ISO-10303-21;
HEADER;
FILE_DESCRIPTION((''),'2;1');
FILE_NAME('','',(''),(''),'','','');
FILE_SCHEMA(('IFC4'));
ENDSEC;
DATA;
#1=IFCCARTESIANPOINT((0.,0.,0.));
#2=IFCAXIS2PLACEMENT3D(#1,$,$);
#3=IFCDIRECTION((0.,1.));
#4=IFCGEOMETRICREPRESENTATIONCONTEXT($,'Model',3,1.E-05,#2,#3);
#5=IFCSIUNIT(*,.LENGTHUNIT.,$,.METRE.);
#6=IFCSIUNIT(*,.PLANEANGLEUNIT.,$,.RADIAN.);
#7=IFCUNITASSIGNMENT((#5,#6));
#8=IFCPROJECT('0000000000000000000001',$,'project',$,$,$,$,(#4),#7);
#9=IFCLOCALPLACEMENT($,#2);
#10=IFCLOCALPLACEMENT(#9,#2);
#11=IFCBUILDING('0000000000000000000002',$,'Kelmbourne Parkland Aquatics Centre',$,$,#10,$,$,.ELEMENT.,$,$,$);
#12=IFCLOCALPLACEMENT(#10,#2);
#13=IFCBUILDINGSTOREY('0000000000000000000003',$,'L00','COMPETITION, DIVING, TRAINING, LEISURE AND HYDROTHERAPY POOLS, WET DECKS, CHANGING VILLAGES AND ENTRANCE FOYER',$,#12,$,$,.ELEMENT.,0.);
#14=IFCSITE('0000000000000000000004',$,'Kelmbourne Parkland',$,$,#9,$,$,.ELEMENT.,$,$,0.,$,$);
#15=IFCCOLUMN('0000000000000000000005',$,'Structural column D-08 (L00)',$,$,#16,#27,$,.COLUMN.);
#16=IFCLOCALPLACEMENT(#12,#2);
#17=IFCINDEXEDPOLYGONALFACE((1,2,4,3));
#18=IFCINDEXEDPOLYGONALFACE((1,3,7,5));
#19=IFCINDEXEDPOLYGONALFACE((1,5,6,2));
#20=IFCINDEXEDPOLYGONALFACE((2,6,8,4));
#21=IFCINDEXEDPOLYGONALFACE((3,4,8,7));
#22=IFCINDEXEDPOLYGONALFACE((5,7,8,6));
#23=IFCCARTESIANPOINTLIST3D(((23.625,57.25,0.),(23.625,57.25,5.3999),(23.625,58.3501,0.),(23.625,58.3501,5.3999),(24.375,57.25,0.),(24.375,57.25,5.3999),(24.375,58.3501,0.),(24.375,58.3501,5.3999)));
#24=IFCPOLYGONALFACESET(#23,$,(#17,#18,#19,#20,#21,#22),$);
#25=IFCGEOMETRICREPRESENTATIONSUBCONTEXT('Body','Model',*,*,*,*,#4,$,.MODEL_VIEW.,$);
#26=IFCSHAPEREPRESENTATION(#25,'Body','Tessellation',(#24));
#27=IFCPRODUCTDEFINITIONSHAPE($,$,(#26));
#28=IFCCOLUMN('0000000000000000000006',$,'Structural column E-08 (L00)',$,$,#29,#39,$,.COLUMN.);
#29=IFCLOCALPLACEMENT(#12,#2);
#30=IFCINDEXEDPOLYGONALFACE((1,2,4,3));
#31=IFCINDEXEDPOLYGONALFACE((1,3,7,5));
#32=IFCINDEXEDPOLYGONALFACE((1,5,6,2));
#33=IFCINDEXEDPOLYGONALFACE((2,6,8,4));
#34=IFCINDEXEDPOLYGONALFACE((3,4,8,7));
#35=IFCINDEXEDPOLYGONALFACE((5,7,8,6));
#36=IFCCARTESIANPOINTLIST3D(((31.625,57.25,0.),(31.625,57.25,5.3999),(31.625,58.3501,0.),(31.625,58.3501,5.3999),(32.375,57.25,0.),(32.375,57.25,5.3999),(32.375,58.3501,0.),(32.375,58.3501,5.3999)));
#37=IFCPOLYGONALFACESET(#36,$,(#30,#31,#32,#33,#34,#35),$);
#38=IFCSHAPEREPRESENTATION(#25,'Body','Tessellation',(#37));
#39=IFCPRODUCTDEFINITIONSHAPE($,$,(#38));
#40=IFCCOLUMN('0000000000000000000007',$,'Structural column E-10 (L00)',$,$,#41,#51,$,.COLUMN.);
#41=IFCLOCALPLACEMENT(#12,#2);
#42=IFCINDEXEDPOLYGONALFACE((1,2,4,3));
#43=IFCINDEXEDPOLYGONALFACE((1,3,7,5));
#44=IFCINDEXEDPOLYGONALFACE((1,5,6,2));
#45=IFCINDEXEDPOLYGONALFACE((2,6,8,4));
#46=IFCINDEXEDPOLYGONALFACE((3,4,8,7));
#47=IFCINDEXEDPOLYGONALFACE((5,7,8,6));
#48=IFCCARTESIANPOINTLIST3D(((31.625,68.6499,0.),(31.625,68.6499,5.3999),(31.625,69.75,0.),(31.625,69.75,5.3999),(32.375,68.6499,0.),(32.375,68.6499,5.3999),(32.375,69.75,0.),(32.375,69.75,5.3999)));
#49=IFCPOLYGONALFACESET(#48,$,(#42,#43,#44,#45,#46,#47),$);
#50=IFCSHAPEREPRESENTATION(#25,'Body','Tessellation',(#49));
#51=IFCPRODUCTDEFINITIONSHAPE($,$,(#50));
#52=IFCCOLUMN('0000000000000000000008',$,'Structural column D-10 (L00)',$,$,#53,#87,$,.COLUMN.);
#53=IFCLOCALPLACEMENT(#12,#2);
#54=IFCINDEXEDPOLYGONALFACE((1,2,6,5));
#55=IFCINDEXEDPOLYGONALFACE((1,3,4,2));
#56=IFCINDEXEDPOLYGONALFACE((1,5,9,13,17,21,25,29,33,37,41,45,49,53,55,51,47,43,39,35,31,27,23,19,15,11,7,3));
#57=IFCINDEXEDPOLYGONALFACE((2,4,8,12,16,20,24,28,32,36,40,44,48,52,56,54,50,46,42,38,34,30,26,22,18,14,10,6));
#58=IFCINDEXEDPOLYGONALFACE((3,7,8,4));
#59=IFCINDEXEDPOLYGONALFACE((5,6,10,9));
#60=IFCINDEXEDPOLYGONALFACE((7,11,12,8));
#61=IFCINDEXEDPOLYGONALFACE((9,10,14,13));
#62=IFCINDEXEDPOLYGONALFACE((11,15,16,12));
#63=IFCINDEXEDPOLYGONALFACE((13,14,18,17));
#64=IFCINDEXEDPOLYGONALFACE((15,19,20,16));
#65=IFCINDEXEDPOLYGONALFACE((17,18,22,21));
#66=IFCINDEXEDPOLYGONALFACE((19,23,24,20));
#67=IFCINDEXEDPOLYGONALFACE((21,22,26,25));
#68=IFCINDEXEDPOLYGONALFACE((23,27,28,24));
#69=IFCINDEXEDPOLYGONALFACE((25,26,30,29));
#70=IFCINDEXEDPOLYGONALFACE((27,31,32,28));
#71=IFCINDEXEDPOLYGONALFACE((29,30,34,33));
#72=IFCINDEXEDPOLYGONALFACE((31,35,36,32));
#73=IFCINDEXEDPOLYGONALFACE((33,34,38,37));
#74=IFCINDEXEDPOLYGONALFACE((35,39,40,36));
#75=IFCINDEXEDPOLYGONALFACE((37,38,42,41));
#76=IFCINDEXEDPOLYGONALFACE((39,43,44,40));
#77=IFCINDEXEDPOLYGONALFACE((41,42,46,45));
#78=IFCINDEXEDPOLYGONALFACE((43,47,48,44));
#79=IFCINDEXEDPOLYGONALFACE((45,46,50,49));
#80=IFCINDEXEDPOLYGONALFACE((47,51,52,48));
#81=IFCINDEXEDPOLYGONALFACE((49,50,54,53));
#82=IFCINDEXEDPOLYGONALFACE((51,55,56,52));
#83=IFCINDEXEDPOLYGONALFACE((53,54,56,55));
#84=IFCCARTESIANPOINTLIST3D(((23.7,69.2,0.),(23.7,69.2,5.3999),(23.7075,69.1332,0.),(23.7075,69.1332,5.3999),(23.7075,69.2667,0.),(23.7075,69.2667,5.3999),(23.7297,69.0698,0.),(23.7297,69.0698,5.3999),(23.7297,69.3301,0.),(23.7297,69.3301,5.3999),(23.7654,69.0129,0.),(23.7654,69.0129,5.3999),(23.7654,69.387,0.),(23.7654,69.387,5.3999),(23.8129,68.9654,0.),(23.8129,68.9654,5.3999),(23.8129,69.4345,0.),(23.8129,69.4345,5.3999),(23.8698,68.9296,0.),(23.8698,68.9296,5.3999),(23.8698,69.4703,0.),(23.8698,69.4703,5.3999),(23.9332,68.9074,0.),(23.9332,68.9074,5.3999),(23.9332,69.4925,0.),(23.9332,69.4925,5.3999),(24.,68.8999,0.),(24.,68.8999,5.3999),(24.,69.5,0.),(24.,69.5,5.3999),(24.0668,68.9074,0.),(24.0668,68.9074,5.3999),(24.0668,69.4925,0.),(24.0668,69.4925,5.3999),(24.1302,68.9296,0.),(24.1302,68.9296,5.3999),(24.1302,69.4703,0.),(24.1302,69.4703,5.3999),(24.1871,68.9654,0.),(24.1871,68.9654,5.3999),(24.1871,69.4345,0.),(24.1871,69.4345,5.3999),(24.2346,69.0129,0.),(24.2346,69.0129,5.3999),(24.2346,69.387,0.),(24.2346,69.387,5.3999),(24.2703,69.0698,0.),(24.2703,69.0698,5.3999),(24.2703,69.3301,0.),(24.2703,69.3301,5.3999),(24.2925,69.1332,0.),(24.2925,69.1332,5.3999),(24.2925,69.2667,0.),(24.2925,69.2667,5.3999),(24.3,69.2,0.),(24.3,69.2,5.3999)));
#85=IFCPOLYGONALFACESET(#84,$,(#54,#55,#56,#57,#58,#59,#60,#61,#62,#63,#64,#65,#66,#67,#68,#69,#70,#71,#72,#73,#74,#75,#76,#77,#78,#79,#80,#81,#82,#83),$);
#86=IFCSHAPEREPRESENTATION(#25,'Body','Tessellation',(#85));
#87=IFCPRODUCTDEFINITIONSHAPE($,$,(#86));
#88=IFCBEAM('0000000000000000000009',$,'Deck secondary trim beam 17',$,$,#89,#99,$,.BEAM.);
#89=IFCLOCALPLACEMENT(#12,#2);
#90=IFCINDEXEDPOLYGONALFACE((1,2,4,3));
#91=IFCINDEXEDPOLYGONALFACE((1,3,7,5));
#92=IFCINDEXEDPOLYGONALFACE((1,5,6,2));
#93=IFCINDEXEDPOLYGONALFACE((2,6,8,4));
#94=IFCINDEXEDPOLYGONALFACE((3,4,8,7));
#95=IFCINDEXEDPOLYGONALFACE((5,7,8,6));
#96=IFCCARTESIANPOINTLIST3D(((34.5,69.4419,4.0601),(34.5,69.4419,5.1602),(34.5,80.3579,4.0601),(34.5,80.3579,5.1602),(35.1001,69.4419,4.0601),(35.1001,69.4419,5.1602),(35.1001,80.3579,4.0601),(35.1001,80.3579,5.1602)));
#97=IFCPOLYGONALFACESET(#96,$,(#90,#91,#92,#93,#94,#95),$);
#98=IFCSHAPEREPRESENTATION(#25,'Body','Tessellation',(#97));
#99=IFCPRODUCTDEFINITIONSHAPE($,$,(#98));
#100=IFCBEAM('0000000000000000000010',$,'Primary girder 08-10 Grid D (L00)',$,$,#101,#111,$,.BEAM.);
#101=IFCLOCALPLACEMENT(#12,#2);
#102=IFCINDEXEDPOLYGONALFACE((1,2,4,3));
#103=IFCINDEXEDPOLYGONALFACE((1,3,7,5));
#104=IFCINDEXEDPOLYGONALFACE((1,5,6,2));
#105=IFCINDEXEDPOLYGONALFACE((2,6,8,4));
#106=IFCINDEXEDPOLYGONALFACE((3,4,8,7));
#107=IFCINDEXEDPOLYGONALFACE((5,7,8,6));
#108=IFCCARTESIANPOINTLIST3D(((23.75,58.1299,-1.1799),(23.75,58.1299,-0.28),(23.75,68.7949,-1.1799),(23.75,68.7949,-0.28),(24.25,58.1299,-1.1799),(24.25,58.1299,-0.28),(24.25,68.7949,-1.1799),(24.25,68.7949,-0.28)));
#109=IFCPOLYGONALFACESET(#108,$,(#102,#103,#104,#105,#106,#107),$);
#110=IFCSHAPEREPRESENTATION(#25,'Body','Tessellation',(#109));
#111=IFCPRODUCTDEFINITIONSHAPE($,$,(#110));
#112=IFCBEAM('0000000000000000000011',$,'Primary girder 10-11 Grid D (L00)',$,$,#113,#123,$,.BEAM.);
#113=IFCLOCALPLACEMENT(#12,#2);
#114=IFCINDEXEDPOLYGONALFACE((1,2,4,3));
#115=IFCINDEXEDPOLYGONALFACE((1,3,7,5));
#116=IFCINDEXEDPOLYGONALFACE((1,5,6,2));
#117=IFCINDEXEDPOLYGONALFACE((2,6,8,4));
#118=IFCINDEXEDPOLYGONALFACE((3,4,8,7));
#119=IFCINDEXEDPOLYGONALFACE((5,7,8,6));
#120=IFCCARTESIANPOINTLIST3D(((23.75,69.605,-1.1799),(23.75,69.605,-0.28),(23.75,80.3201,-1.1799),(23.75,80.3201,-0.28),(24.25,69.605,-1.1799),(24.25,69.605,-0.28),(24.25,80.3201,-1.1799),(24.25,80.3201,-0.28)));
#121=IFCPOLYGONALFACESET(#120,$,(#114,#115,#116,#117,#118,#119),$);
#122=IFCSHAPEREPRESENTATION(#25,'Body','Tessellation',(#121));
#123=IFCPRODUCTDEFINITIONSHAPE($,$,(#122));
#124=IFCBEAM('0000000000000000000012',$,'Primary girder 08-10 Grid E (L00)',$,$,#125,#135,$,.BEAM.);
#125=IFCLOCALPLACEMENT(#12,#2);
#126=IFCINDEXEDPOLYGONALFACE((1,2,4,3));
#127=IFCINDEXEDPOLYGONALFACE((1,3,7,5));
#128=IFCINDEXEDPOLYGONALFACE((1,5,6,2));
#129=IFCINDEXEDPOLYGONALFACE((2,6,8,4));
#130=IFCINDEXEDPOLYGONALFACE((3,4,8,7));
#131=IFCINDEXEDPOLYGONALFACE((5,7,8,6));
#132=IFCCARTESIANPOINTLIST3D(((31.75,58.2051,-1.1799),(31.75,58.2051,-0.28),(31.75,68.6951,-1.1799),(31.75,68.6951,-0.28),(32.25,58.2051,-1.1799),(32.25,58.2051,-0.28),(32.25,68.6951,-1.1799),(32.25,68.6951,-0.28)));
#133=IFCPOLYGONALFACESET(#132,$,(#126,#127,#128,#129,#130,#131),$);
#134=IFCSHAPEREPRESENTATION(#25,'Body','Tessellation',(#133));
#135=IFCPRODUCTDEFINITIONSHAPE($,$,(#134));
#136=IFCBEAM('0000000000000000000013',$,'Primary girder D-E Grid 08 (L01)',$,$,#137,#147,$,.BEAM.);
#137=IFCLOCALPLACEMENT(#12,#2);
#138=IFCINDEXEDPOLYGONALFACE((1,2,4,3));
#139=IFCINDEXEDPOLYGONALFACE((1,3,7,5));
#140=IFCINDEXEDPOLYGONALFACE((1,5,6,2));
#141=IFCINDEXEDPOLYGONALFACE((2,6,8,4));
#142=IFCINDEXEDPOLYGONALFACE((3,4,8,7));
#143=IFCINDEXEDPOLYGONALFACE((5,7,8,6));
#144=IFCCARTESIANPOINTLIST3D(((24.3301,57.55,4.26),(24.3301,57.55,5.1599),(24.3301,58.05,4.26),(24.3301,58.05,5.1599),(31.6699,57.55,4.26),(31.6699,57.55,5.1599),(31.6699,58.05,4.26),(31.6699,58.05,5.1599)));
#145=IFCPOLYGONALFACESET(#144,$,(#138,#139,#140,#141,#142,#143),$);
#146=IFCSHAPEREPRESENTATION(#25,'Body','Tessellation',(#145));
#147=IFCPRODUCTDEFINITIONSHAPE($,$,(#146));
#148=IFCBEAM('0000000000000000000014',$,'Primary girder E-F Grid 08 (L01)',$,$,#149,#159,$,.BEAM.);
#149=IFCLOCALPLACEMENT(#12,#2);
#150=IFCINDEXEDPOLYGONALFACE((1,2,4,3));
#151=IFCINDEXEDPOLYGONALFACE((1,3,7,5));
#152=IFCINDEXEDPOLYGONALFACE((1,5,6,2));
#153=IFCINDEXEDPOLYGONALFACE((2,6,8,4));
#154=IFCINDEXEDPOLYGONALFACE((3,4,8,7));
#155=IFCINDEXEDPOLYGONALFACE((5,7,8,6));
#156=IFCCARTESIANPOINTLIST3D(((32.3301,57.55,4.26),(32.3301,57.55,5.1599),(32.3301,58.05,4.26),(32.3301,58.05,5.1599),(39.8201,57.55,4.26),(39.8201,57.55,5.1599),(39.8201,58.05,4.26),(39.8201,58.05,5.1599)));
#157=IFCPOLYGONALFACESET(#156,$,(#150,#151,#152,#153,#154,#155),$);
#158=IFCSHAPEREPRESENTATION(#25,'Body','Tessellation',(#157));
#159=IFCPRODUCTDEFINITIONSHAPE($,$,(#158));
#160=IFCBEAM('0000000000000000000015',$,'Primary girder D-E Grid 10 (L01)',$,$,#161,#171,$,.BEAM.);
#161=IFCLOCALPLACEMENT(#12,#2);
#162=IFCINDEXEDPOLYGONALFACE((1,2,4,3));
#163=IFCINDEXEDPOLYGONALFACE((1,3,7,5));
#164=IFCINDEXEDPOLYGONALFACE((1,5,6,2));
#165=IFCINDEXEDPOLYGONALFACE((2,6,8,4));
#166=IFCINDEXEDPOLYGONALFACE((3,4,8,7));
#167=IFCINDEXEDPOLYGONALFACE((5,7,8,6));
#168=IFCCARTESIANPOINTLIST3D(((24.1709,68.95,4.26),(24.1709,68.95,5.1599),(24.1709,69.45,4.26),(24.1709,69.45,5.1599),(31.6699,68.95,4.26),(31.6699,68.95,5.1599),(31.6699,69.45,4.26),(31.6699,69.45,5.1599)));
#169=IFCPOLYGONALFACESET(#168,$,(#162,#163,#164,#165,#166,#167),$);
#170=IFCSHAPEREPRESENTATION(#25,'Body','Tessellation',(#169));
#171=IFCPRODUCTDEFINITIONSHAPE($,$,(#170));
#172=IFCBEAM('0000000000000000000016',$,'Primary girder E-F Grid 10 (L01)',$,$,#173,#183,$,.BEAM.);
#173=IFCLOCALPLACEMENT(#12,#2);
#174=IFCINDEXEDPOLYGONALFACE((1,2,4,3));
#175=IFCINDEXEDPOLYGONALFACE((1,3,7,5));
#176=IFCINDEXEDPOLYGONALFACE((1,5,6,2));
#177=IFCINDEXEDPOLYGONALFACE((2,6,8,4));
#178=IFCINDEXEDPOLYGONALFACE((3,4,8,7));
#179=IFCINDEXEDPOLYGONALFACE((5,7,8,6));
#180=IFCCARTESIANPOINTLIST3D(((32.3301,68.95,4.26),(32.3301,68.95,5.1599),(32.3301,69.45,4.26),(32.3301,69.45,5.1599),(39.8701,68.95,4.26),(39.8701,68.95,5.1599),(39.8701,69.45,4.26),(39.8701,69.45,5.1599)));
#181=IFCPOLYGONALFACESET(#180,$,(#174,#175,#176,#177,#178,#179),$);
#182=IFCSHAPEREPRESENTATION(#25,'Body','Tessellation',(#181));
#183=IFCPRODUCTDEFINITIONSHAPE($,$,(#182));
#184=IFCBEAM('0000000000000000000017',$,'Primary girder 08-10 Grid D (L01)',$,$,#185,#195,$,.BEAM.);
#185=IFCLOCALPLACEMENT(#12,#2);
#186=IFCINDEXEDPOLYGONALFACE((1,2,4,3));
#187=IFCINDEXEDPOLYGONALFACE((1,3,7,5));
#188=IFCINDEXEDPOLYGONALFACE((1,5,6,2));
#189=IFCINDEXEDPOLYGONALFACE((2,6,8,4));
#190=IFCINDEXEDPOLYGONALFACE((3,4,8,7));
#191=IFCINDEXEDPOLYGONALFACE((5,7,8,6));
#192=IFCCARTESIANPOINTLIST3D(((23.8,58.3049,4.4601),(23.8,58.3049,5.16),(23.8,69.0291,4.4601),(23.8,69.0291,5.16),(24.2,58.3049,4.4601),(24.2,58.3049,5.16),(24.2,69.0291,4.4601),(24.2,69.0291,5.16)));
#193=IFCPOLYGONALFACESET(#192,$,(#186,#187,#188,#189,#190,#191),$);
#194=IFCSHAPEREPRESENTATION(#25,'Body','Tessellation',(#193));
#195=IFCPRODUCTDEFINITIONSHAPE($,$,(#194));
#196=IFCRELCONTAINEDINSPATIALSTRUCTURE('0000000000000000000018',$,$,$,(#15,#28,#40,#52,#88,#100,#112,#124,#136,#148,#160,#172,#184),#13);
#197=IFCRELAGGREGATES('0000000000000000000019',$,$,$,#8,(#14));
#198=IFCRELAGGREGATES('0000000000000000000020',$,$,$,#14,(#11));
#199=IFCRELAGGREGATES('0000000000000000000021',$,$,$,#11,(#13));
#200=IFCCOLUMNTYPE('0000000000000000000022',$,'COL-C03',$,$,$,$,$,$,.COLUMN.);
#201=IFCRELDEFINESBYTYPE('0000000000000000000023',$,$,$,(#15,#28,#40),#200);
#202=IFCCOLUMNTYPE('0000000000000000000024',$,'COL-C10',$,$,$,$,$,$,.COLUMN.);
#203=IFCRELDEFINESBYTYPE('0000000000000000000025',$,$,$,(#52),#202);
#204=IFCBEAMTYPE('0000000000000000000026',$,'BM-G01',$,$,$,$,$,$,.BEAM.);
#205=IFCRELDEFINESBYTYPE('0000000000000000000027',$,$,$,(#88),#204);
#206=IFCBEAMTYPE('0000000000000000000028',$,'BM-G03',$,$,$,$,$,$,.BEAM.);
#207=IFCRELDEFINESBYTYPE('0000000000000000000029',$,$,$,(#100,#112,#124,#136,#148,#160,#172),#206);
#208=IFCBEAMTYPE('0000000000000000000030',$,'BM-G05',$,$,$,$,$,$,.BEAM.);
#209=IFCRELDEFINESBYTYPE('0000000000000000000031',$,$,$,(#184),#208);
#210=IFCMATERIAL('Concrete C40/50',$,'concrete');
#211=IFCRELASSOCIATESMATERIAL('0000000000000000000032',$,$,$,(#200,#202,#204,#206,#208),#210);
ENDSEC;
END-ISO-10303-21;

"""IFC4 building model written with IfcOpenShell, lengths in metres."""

from ifc_helpers import new_model, si_unit, direction, frame, origin, origin_2d, place, context, subcontext, project, spatial, rectangle, circle, extrude, material, material_profile, profile_set, type_object, element, save


model = new_model("IFC4")

# Units and contexts
model_context = context("Model", 3, precision=1e-05, world=origin(), true_north=direction((0.0, 1.0)))
body_context = subcontext(model_context, "Body", "Model", "MODEL_VIEW")
ifc_project = project(units=[si_unit("LENGTHUNIT", "METRE"), si_unit("PLANEANGLEUNIT", "RADIAN")], contexts=[model_context])

# Site, building, storey
site_placement = place(None, origin())
site = spatial("IfcSite", under=ifc_project, at=site_placement, Name="Kelmbourne Parkland", CompositionType="ELEMENT", RefElevation=0.0)
building_placement = place(site_placement, origin())
building = spatial("IfcBuilding", under=site, at=building_placement, Name="Kelmbourne Parkland Aquatics Centre", CompositionType="ELEMENT")
storey_placement = place(building_placement, origin())
storey = spatial("IfcBuildingStorey", under=building, at=storey_placement, Name="L00", Description="COMPETITION, DIVING, TRAINING, LEISURE AND HYDROTHERAPY POOLS, WET DECKS, CHANGING VILLAGES AND ENTRANCE FOYER", CompositionType="ELEMENT", Elevation=0.0)

# Columns
ifc_material_1 = material(Name="Concrete C40/50", Category="concrete")
ifc_material_profile_1 = material_profile(ifc_material_1, rectangle(XDim=0.75, YDim=1.1001, at=origin_2d()), Name="RC 750x1100")
ifc_profile_set_1 = profile_set([ifc_material_profile_1], Name="Concrete C40/50")
column_type_1 = type_object("IfcColumnType", Name="COL-C03", PredefinedType="COLUMN", material=ifc_profile_set_1)
for number, where, z_axis, x_axis, name in (
    (1, (24.0, 57.8, 0.0), (0.0, 0.0, 1.0), (1.0, 0.0, 0.0), "Structural column D-08 (L00)"),
    (2, (32.0, 57.8, 0.0), (0.0, 0.0, 1.0), (1.0, 0.0, 0.0), "Structural column E-08 (L00)"),
    (3, (32.0, 69.2, 0.0), (0.0, 0.0, 1.0), (1.0, 0.0, 0.0), "Structural column E-10 (L00)"),
):
    element("IfcColumn", number, at=place(storey_placement, frame(where, z_axis=z_axis, x_axis=x_axis)), inside=storey, type_object=column_type_1, Name=name, PredefinedType="COLUMN", context=body_context, shape_type="SweptSolid", body=[
        extrude(rectangle(XDim=0.75, YDim=1.1001, at=origin_2d()), origin(), (0.0, 0.0, 1.0), 5.3999),
    ])
ifc_material_profile_2 = material_profile(ifc_material_1, circle(Radius=0.3, at=origin_2d()), Name="RC D600")
ifc_profile_set_2 = profile_set([ifc_material_profile_2], Name="Concrete C40/50")
column_type_2 = type_object("IfcColumnType", Name="COL-C10", PredefinedType="COLUMN", material=ifc_profile_set_2)
column_placement = place(storey_placement, frame((24.0, 69.2, 0.0), z_axis=(0.0, 0.0, 1.0), x_axis=(1.0, 0.0, 0.0)))
element("IfcColumn", 4, at=column_placement, inside=storey, type_object=column_type_2, Name="Structural column D-10 (L00)", PredefinedType="COLUMN", context=body_context, shape_type="SweptSolid", body=[
    extrude(circle(Radius=0.3, at=origin_2d()), origin(), (0.0, 0.0, 1.0), 5.3999),
])

# Beams
ifc_material_profile_3 = material_profile(ifc_material_1, rectangle(XDim=0.6001, YDim=1.1001, at=origin_2d()), Name="RC 600x1100")
ifc_profile_set_3 = profile_set([ifc_material_profile_3], Name="Concrete C40/50")
beam_type_1 = type_object("IfcBeamType", Name="BM-G01", PredefinedType="BEAM", material=ifc_profile_set_3)
beam_1_placement = place(storey_placement, frame((34.8, 69.4419, 4.6101), z_axis=(0.0, 1.0, 0.0), x_axis=(-1.0, 0.0, 0.0)))
element("IfcBeam", 5, at=beam_1_placement, inside=storey, type_object=beam_type_1, Name="Deck secondary trim beam 17", PredefinedType="BEAM", context=body_context, shape_type="SweptSolid", body=[
    extrude(rectangle(XDim=0.6001, YDim=1.1001, at=origin_2d()), origin(), (0.0, 0.0, 1.0), 10.916),
])
ifc_material_profile_4 = material_profile(ifc_material_1, rectangle(XDim=0.5, YDim=0.8999, at=origin_2d()), Name="RC 500x900")
ifc_profile_set_4 = profile_set([ifc_material_profile_4], Name="Concrete C40/50")
beam_type_2 = type_object("IfcBeamType", Name="BM-G03", PredefinedType="BEAM", material=ifc_profile_set_4)
beam_2_placement = place(storey_placement, frame((24.0, 58.1299, -0.73), z_axis=(0.0, 1.0, 0.0), x_axis=(-1.0, 0.0, 0.0)))
element("IfcBeam", 6, at=beam_2_placement, inside=storey, type_object=beam_type_2, Name="Primary girder 08-10 Grid D (L00)", PredefinedType="BEAM", context=body_context, shape_type="SweptSolid", body=[
    extrude(rectangle(XDim=0.5, YDim=0.8999, at=origin_2d()), origin(), (0.0, 0.0, 1.0), 10.665),
])
beam_3_placement = place(storey_placement, frame((24.0, 69.605, -0.73), z_axis=(0.0, 1.0, 0.0), x_axis=(-1.0, 0.0, 0.0)))
element("IfcBeam", 7, at=beam_3_placement, inside=storey, type_object=beam_type_2, Name="Primary girder 10-11 Grid D (L00)", PredefinedType="BEAM", context=body_context, shape_type="SweptSolid", body=[
    extrude(rectangle(XDim=0.5, YDim=0.8999, at=origin_2d()), origin(), (0.0, 0.0, 1.0), 10.7151),
])
beam_4_placement = place(storey_placement, frame((32.0, 58.2051, -0.73), z_axis=(0.0, 1.0, 0.0), x_axis=(-1.0, 0.0, 0.0)))
element("IfcBeam", 8, at=beam_4_placement, inside=storey, type_object=beam_type_2, Name="Primary girder 08-10 Grid E (L00)", PredefinedType="BEAM", context=body_context, shape_type="SweptSolid", body=[
    extrude(rectangle(XDim=0.5, YDim=0.8999, at=origin_2d()), origin(), (0.0, 0.0, 1.0), 10.49),
])
beam_5_placement = place(storey_placement, frame((24.3301, 57.8, 4.71), z_axis=(1.0, 0.0, 0.0), x_axis=(0.0, 1.0, 0.0)))
element("IfcBeam", 9, at=beam_5_placement, inside=storey, type_object=beam_type_2, Name="Primary girder D-E Grid 08 (L01)", PredefinedType="BEAM", context=body_context, shape_type="SweptSolid", body=[
    extrude(rectangle(XDim=0.5, YDim=0.8999, at=origin_2d()), origin(), (0.0, 0.0, 1.0), 7.3398),
])
beam_6_placement = place(storey_placement, frame((32.3301, 57.8, 4.71), z_axis=(1.0, 0.0, 0.0), x_axis=(0.0, 1.0, 0.0)))
element("IfcBeam", 10, at=beam_6_placement, inside=storey, type_object=beam_type_2, Name="Primary girder E-F Grid 08 (L01)", PredefinedType="BEAM", context=body_context, shape_type="SweptSolid", body=[
    extrude(rectangle(XDim=0.5, YDim=0.8999, at=origin_2d()), origin(), (0.0, 0.0, 1.0), 7.49),
])
beam_7_placement = place(storey_placement, frame((24.1709, 69.2, 4.71), z_axis=(1.0, 0.0, 0.0), x_axis=(0.0, 1.0, 0.0)))
element("IfcBeam", 11, at=beam_7_placement, inside=storey, type_object=beam_type_2, Name="Primary girder D-E Grid 10 (L01)", PredefinedType="BEAM", context=body_context, shape_type="SweptSolid", body=[
    extrude(rectangle(XDim=0.5, YDim=0.8999, at=origin_2d()), origin(), (0.0, 0.0, 1.0), 7.499),
])
beam_8_placement = place(storey_placement, frame((32.3301, 69.2, 4.71), z_axis=(1.0, 0.0, 0.0), x_axis=(0.0, 1.0, 0.0)))
element("IfcBeam", 12, at=beam_8_placement, inside=storey, type_object=beam_type_2, Name="Primary girder E-F Grid 10 (L01)", PredefinedType="BEAM", context=body_context, shape_type="SweptSolid", body=[
    extrude(rectangle(XDim=0.5, YDim=0.8999, at=origin_2d()), origin(), (0.0, 0.0, 1.0), 7.54),
])
ifc_material_profile_5 = material_profile(ifc_material_1, rectangle(XDim=0.3999, YDim=0.7, at=origin_2d()), Name="RC 400x700")
ifc_profile_set_5 = profile_set([ifc_material_profile_5], Name="Concrete C40/50")
beam_type_3 = type_object("IfcBeamType", Name="BM-G05", PredefinedType="BEAM", material=ifc_profile_set_5)
beam_9_placement = place(storey_placement, frame((24.0, 58.3049, 4.8101), z_axis=(0.0, 1.0, 0.0), x_axis=(-1.0, 0.0, 0.0)))
element("IfcBeam", 13, at=beam_9_placement, inside=storey, type_object=beam_type_3, Name="Primary girder 08-10 Grid D (L01)", PredefinedType="BEAM", context=body_context, shape_type="SweptSolid", body=[
    extrude(rectangle(XDim=0.3999, YDim=0.7, at=origin_2d()), origin(), (0.0, 0.0, 1.0), 10.7241),
])

save(model, "model.ifc")
